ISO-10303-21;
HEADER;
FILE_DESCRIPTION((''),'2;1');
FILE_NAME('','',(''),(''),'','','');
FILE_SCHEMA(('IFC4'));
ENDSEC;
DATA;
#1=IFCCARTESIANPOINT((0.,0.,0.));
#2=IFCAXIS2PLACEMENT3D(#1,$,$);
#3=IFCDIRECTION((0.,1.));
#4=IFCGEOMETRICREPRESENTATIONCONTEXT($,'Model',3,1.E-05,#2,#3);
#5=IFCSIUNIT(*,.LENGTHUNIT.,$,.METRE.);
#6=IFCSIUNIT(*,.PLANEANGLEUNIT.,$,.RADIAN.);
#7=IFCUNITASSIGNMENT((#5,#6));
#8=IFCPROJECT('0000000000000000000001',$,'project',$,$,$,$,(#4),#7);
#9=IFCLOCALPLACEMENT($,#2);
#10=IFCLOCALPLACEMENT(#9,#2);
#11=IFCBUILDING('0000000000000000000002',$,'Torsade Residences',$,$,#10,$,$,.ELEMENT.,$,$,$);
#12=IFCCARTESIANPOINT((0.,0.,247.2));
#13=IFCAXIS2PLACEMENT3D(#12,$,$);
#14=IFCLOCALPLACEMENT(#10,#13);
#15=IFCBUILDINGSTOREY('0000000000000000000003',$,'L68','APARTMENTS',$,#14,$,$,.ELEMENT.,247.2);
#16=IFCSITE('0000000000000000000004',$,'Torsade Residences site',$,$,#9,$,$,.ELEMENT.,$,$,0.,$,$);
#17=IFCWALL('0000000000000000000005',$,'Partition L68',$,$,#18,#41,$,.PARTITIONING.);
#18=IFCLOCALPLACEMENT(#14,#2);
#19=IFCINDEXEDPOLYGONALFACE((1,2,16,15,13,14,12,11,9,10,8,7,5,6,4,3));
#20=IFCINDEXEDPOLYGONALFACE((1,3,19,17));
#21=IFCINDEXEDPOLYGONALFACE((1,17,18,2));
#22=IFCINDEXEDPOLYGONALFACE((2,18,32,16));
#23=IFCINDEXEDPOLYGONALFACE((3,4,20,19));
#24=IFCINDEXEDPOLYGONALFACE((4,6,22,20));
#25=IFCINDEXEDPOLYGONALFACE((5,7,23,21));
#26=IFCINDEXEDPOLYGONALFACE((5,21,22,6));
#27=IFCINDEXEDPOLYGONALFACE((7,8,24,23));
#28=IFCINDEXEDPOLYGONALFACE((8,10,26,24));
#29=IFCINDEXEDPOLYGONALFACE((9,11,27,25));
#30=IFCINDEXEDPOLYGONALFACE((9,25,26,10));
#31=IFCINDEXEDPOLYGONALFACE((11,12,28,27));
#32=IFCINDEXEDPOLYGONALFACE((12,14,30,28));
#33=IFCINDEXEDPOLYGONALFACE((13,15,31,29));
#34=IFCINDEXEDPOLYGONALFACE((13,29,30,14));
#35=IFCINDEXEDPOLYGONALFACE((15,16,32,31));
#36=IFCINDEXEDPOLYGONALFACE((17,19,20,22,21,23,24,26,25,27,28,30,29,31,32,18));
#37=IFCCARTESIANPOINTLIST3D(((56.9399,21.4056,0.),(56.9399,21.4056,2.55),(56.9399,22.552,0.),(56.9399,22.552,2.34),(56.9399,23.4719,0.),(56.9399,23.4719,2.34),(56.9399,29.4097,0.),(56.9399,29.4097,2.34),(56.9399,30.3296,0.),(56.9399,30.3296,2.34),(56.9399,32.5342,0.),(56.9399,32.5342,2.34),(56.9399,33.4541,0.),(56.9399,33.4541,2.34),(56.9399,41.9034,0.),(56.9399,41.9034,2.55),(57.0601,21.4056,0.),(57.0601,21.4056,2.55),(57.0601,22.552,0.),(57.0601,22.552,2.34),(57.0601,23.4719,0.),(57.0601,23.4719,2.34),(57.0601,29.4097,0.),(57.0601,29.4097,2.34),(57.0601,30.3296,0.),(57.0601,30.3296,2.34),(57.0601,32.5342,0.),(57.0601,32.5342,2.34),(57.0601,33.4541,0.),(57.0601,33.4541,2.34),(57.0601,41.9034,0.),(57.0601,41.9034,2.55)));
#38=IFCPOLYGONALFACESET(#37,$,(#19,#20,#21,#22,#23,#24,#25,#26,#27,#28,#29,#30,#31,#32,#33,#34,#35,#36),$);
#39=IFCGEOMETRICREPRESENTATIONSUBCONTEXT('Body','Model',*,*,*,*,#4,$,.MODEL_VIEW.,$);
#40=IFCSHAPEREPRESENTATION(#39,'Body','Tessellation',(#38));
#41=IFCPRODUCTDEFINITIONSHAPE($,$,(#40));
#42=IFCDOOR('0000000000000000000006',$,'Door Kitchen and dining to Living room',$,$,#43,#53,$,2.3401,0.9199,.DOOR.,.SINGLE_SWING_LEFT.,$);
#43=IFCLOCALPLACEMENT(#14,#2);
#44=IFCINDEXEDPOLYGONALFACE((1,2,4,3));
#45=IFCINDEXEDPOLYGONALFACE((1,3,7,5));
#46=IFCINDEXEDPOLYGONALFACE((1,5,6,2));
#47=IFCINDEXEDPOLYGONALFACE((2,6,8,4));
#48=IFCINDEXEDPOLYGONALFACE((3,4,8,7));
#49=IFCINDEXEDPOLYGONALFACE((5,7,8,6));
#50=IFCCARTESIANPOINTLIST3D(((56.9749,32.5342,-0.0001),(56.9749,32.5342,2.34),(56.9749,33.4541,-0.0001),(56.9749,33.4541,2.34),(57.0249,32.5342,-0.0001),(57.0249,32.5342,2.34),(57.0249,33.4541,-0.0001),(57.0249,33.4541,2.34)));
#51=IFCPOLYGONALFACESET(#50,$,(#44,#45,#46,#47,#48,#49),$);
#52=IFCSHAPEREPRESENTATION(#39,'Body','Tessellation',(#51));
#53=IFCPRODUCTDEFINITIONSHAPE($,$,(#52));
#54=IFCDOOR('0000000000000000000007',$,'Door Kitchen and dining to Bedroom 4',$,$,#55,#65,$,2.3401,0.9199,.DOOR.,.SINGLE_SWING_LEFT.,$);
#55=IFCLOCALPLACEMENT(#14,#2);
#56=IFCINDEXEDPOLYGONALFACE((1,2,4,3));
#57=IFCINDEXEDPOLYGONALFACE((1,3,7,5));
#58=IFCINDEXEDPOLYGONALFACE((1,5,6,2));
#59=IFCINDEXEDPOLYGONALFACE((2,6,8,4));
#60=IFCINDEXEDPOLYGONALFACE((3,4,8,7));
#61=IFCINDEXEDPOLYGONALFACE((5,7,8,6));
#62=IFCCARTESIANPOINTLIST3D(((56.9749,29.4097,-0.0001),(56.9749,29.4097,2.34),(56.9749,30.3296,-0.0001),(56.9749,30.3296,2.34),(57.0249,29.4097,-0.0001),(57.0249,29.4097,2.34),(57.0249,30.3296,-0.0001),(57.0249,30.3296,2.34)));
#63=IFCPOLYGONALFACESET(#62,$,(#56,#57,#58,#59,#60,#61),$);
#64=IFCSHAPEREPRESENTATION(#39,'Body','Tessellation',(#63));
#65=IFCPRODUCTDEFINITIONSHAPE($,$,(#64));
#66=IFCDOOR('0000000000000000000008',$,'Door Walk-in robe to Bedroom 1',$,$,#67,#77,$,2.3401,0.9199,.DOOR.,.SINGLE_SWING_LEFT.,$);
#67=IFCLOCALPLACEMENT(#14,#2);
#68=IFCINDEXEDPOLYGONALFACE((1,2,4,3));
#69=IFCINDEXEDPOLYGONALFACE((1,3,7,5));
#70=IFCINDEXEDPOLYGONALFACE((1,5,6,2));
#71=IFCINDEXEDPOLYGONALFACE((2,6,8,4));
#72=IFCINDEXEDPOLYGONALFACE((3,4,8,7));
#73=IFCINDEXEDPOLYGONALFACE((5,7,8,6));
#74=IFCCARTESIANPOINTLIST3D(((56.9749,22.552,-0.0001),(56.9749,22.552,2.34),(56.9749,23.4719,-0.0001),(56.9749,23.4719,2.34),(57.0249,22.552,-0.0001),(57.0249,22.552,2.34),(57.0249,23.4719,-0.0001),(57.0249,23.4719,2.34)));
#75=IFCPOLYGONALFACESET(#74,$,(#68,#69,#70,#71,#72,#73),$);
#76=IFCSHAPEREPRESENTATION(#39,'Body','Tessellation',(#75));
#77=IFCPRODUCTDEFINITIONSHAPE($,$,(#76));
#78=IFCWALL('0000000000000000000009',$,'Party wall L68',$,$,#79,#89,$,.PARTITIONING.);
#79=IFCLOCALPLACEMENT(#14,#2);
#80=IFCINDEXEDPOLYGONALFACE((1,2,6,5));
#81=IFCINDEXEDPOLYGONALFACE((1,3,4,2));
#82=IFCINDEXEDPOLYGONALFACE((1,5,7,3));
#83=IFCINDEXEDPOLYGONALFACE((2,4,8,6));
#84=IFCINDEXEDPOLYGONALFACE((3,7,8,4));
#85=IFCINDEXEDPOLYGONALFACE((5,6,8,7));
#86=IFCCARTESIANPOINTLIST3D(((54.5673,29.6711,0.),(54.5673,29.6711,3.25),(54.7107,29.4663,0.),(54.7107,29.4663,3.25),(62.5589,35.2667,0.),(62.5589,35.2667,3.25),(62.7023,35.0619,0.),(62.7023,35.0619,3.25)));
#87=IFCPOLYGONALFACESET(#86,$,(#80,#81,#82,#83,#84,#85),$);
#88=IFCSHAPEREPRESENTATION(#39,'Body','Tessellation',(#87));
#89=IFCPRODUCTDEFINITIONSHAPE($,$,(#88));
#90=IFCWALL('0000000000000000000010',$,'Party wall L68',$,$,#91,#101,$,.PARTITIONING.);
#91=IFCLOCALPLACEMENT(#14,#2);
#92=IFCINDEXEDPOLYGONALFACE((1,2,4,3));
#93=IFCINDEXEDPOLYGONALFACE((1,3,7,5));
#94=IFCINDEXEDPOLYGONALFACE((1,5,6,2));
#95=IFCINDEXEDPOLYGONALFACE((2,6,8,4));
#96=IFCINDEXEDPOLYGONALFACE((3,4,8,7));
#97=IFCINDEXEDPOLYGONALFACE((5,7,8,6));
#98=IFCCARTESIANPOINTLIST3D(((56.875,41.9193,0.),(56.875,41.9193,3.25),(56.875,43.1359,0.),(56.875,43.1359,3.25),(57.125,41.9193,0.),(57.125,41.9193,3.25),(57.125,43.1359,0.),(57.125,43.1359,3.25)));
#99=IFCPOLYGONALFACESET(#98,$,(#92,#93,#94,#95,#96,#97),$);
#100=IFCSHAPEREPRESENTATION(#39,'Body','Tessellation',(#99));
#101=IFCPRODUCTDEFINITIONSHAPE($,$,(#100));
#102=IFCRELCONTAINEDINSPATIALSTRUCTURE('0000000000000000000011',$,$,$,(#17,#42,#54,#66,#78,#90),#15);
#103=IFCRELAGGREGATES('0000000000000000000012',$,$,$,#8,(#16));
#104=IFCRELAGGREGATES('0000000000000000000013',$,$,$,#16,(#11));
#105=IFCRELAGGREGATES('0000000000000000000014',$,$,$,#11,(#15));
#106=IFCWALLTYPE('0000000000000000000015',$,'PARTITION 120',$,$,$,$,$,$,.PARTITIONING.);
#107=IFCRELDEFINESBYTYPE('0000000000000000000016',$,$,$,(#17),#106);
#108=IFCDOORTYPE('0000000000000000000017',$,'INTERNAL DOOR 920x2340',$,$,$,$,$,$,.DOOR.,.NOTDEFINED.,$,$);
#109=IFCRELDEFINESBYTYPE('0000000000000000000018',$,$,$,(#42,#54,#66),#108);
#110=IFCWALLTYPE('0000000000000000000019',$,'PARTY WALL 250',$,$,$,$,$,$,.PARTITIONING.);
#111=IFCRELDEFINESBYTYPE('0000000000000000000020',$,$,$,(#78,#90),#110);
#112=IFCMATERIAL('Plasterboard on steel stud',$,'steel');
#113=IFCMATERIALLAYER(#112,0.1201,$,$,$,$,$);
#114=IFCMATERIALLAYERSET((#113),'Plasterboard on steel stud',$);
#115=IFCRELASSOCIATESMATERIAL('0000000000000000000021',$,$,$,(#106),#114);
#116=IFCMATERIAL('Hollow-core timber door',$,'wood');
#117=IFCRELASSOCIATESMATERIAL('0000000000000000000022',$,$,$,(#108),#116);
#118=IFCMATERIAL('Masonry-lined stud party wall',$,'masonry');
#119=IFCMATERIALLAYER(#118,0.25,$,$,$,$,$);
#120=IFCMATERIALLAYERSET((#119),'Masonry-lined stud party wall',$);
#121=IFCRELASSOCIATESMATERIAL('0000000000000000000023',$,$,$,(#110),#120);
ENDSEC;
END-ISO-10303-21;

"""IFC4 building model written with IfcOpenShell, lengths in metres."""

from ifc_helpers import new_model, si_unit, direction, frame, frame_2d, origin, place, context, subcontext, project, spatial, rectangle, extrude, material, layer, layer_set, type_object, element, fill, save


model = new_model("IFC4")

# Units and contexts
model_context = context("Model", 3, precision=1e-05, world=origin(), true_north=direction((0.0, 1.0)))
body_context = subcontext(model_context, "Body", "Model", "MODEL_VIEW")
ifc_project = project(units=[si_unit("LENGTHUNIT", "METRE"), si_unit("PLANEANGLEUNIT", "RADIAN")], contexts=[model_context])

# Site, building, storey
site_placement = place(None, origin())
site = spatial("IfcSite", under=ifc_project, at=site_placement, Name="Torsade Residences site", CompositionType="ELEMENT", RefElevation=0.0)
building_placement = place(site_placement, origin())
building = spatial("IfcBuilding", under=site, at=building_placement, Name="Torsade Residences", CompositionType="ELEMENT")
storey_placement = place(building_placement, frame((0.0, 0.0, 247.2)))
storey = spatial("IfcBuildingStorey", under=building, at=storey_placement, Name="L68", Description="APARTMENTS", CompositionType="ELEMENT", Elevation=247.2)

# Wall, openings, doors
ifc_material_1 = material(Name="Plasterboard on steel stud", Category="steel")
ifc_layer_1 = layer(ifc_material_1, 0.1201)
ifc_layer_set_1 = layer_set([ifc_layer_1], Name="Plasterboard on steel stud")
wall_type_1 = type_object("IfcWallType", Name="PARTITION 120", PredefinedType="PARTITIONING", material=ifc_layer_set_1)
wall_1_placement = place(storey_placement, frame((57.0, 41.9036, 0.0), z_axis=(0.0, 0.0, 1.0), x_axis=(0.0, -1.0, 0.0)))
wall_1 = element("IfcWall", 1, at=wall_1_placement, inside=storey, type_object=wall_type_1, Name="Partition L68", PredefinedType="PARTITIONING", context=body_context, shape_type="SweptSolid", body=[
    extrude(rectangle(XDim=20.4978, YDim=0.1201, at=frame_2d((10.249, 0.0))), origin(), (0.0, 0.0, 1.0), 2.55),
])
opening_1_placement = place(wall_1_placement, frame((8.4495, 0.0, 0.0)))
opening_1 = element("IfcOpeningElement", 2, at=opening_1_placement, cuts=wall_1, PredefinedType="OPENING", context=body_context, shape_type="SweptSolid", body=[
    extrude(rectangle(XDim=0.9199, YDim=2.3401, at=frame_2d((0.46, 1.1699))), frame((0.0, 0.0701, 0.0), z_axis=(0.0, -1.0, 0.0), x_axis=(1.0, 0.0, 0.0)), (0.0, 0.0, 1.0), 0.1401),
])
opening_2_placement = place(wall_1_placement, frame((11.574, 0.0, 0.0)))
opening_2 = element("IfcOpeningElement", 3, at=opening_2_placement, cuts=wall_1, PredefinedType="OPENING", context=body_context, shape_type="SweptSolid", body=[
    extrude(rectangle(XDim=0.9199, YDim=2.3401, at=frame_2d((0.46, 1.1699))), frame((0.0, 0.0701, 0.0), z_axis=(0.0, -1.0, 0.0), x_axis=(1.0, 0.0, 0.0)), (0.0, 0.0, 1.0), 0.1401),
])
opening_3_placement = place(wall_1_placement, frame((18.4316, 0.0, 0.0)))
opening_3 = element("IfcOpeningElement", 4, at=opening_3_placement, cuts=wall_1, PredefinedType="OPENING", context=body_context, shape_type="SweptSolid", body=[
    extrude(rectangle(XDim=0.9199, YDim=2.3401, at=frame_2d((0.46, 1.1699))), frame((0.0, 0.0701, 0.0), z_axis=(0.0, -1.0, 0.0), x_axis=(1.0, 0.0, 0.0)), (0.0, 0.0, 1.0), 0.1401),
])
ifc_material_2 = material(Name="Hollow-core timber door", Category="wood")
door_type = type_object("IfcDoorType", Name="INTERNAL DOOR 920x2340", OperationType="NOTDEFINED", PredefinedType="DOOR", material=ifc_material_2)
door_1_placement = place(opening_1_placement, origin())
door_1 = element("IfcDoor", 5, at=door_1_placement, inside=storey, type_object=door_type, Name="Door Kitchen and dining to Living room", OperationType="SINGLE_SWING_LEFT", OverallHeight=2.3401, OverallWidth=0.9199, PredefinedType="DOOR", context=body_context, shape_type="SweptSolid", body=[
    extrude(rectangle(XDim=0.9199, YDim=2.3401, at=frame_2d((0.46, 1.1699))), frame((0.0, 0.0249, 0.0), z_axis=(0.0, -1.0, 0.0), x_axis=(1.0, 0.0, 0.0)), (0.0, 0.0, 1.0), 0.05),
])
fill(opening_1, door_1)
door_2_placement = place(opening_2_placement, origin())
door_2 = element("IfcDoor", 6, at=door_2_placement, inside=storey, type_object=door_type, Name="Door Kitchen and dining to Bedroom 4", OperationType="SINGLE_SWING_LEFT", OverallHeight=2.3401, OverallWidth=0.9199, PredefinedType="DOOR", context=body_context, shape_type="SweptSolid", body=[
    extrude(rectangle(XDim=0.9199, YDim=2.3401, at=frame_2d((0.46, 1.1699))), frame((0.0, 0.0249, 0.0), z_axis=(0.0, -1.0, 0.0), x_axis=(1.0, 0.0, 0.0)), (0.0, 0.0, 1.0), 0.05),
])
fill(opening_2, door_2)
door_3_placement = place(opening_3_placement, origin())
door_3 = element("IfcDoor", 7, at=door_3_placement, inside=storey, type_object=door_type, Name="Door Walk-in robe to Bedroom 1", OperationType="SINGLE_SWING_LEFT", OverallHeight=2.3401, OverallWidth=0.9199, PredefinedType="DOOR", context=body_context, shape_type="SweptSolid", body=[
    extrude(rectangle(XDim=0.9199, YDim=2.3401, at=frame_2d((0.46, 1.1699))), frame((0.0, 0.0249, 0.0), z_axis=(0.0, -1.0, 0.0), x_axis=(1.0, 0.0, 0.0)), (0.0, 0.0, 1.0), 0.05),
])
fill(opening_3, door_3)

# Walls
ifc_material_3 = material(Name="Masonry-lined stud party wall", Category="masonry")
ifc_layer_2 = layer(ifc_material_3, 0.25)
ifc_layer_set_2 = layer_set([ifc_layer_2], Name="Masonry-lined stud party wall")
wall_type_2 = type_object("IfcWallType", Name="PARTY WALL 250", PredefinedType="PARTITIONING", material=ifc_layer_set_2)
wall_2_placement = place(storey_placement, frame((62.6306, 35.1643, 0.0), z_axis=(0.0, 0.0, 1.0), x_axis=(-0.819159, -0.573566, 0.0)))
element("IfcWall", 8, at=wall_2_placement, inside=storey, type_object=wall_type_2, Name="Party wall L68", PredefinedType="PARTITIONING", context=body_context, shape_type="SweptSolid", body=[
    extrude(rectangle(XDim=9.7559, YDim=0.25, at=frame_2d((4.8779, 0.0))), origin(), (0.0, 0.0, 1.0), 3.25),
])
wall_3_placement = place(storey_placement, frame((57.0, 41.9192, 0.0), z_axis=(0.0, 0.0, 1.0), x_axis=(0.0, 1.0, 0.0)))
element("IfcWall", 9, at=wall_3_placement, inside=storey, type_object=wall_type_2, Name="Party wall L68", PredefinedType="PARTITIONING", context=body_context, shape_type="SweptSolid", body=[
    extrude(rectangle(XDim=1.2166, YDim=0.25, at=frame_2d((0.6084, 0.0))), origin(), (0.0, 0.0, 1.0), 3.25),
])

save(model, "model.ifc")
